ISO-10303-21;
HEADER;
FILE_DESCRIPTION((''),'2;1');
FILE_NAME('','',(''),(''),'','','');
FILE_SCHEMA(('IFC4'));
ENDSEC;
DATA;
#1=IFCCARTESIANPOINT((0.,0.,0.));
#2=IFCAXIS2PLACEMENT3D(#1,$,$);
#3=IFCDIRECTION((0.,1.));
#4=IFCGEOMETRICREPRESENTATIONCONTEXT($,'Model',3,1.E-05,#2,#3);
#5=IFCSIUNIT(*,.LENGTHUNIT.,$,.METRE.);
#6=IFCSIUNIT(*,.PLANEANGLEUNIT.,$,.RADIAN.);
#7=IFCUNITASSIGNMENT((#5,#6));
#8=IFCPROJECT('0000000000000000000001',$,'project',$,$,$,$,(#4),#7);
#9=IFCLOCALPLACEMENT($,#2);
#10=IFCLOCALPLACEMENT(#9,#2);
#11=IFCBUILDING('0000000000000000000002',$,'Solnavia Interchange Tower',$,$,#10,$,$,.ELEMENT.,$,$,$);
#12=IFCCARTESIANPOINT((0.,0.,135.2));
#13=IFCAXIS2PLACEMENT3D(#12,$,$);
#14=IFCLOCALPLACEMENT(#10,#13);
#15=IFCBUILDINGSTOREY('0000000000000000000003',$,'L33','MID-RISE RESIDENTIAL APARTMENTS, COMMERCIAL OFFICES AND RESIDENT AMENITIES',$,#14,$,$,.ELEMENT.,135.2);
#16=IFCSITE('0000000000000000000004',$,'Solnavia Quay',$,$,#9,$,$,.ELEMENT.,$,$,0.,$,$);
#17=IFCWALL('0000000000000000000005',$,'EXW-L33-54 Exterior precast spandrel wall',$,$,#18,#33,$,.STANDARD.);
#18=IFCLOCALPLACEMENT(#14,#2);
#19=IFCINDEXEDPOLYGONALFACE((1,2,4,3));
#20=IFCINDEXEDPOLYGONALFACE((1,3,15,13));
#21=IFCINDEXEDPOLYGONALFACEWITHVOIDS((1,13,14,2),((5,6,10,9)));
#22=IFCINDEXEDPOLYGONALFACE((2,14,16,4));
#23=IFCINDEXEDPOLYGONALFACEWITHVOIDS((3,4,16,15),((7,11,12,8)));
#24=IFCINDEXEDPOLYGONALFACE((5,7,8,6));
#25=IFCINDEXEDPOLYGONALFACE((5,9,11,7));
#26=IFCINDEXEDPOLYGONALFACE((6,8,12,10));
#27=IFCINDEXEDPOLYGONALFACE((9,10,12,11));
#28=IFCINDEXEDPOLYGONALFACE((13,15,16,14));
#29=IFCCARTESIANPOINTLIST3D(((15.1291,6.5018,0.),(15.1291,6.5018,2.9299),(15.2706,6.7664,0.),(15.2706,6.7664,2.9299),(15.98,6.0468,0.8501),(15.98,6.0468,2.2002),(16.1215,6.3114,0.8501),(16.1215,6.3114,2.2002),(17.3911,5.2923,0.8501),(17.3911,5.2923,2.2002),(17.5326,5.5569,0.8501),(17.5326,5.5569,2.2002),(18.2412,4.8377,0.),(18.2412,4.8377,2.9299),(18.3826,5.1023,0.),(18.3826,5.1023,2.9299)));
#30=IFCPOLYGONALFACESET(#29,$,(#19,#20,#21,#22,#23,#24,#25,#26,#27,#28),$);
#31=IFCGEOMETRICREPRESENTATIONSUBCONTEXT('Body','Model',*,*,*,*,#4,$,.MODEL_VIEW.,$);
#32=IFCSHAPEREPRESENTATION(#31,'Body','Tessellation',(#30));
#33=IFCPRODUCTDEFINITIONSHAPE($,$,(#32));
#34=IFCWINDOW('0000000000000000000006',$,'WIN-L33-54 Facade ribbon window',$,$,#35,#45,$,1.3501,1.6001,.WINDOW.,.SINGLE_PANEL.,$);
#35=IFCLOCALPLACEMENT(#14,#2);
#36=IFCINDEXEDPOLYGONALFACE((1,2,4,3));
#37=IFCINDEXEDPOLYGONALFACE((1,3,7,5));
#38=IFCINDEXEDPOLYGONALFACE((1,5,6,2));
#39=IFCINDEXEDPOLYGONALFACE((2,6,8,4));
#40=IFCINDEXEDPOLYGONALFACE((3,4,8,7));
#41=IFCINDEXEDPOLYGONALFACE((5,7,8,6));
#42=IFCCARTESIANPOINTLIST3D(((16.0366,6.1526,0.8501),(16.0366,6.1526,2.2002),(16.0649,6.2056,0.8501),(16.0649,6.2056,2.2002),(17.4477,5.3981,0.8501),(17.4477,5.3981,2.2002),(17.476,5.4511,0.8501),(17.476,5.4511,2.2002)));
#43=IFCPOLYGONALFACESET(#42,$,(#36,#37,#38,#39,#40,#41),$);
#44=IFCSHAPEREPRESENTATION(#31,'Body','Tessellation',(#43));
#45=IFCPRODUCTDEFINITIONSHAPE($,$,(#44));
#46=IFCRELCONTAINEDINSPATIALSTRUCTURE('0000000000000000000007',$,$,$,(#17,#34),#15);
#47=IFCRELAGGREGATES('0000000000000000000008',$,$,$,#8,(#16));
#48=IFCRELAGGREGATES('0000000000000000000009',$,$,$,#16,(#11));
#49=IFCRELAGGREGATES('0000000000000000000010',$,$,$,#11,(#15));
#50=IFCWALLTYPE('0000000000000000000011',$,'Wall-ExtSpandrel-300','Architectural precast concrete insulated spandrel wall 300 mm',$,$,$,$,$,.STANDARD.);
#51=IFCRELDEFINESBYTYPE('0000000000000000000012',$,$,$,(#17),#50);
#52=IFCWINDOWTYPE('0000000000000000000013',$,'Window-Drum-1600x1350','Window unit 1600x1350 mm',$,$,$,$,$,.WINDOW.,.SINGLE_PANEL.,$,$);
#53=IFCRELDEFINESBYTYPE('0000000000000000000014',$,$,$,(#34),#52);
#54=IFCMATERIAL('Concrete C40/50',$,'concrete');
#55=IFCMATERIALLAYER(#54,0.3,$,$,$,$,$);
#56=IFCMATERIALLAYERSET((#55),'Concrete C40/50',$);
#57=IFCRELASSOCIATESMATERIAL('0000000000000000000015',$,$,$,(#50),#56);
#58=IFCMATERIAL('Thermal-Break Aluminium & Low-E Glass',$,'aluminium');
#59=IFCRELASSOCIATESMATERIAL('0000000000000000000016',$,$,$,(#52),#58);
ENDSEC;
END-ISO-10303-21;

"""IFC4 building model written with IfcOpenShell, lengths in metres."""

from ifc_helpers import new_model, si_unit, direction, frame, frame_2d, origin, place, context, subcontext, project, spatial, rectangle, extrude, material, layer, layer_set, type_object, element, fill, save


model = new_model("IFC4")

# Units and contexts
model_context = context("Model", 3, precision=1e-05, world=origin(), true_north=direction((0.0, 1.0)))
body_context = subcontext(model_context, "Body", "Model", "MODEL_VIEW")
ifc_project = project(units=[si_unit("LENGTHUNIT", "METRE"), si_unit("PLANEANGLEUNIT", "RADIAN")], contexts=[model_context])

# Site, building, storey
site_placement = place(None, origin())
site = spatial("IfcSite", under=ifc_project, at=site_placement, Name="Solnavia Quay", CompositionType="ELEMENT", RefElevation=0.0)
building_placement = place(site_placement, origin())
building = spatial("IfcBuilding", under=site, at=building_placement, Name="Solnavia Interchange Tower", CompositionType="ELEMENT")
storey_placement = place(building_placement, frame((0.0, 0.0, 135.2)))
storey = spatial("IfcBuildingStorey", under=building, at=storey_placement, Name="L33", Description="MID-RISE RESIDENTIAL APARTMENTS, COMMERCIAL OFFICES AND RESIDENT AMENITIES", CompositionType="ELEMENT", Elevation=135.2)

# Wall, opening, window
ifc_material_1 = material(Name="Concrete C40/50", Category="concrete")
ifc_layer_1 = layer(ifc_material_1, 0.3)
ifc_layer_set_1 = layer_set([ifc_layer_1], Name="Concrete C40/50")
wall_type = type_object("IfcWallType", Name="Wall-ExtSpandrel-300", Description="Architectural precast concrete insulated spandrel wall 300 mm", PredefinedType="STANDARD", material=ifc_layer_set_1)
wall_placement = place(storey_placement, frame((18.312, 4.97, 0.0), z_axis=(0.0, 0.0, 1.0), x_axis=(-0.881847, 0.471536, 0.0)))
wall = element("IfcWall", 1, at=wall_placement, inside=storey, type_object=wall_type, Name="EXW-L33-54 Exterior precast spandrel wall", PredefinedType="STANDARD", context=body_context, shape_type="SweptSolid", body=[
    extrude(rectangle(XDim=3.5291, YDim=0.3, at=frame_2d((1.7646, 0.0))), origin(), (0.0, 0.0, 1.0), 2.9299),
])
opening_placement = place(wall_placement, frame((0.9641, 0.0, 0.8501)))
opening = element("IfcOpeningElement", 2, at=opening_placement, cuts=wall, PredefinedType="OPENING", context=body_context, shape_type="SweptSolid", body=[
    extrude(rectangle(XDim=1.6001, YDim=1.3501, at=frame_2d((0.8, 0.675))), frame((0.0, 0.1602, 0.0), z_axis=(0.0, -1.0, 0.0), x_axis=(1.0, 0.0, 0.0)), (0.0, 0.0, 1.0), 0.3201),
])
ifc_material_2 = material(Name="Thermal-Break Aluminium & Low-E Glass", Category="aluminium")
window_type = type_object("IfcWindowType", Name="Window-Drum-1600x1350", Description="Window unit 1600x1350 mm", PartitioningType="SINGLE_PANEL", PredefinedType="WINDOW", material=ifc_material_2)
window_placement = place(opening_placement, origin())
window = element("IfcWindow", 3, at=window_placement, inside=storey, type_object=window_type, Name="WIN-L33-54 Facade ribbon window", OverallHeight=1.3501, OverallWidth=1.6001, PartitioningType="SINGLE_PANEL", PredefinedType="WINDOW", context=body_context, shape_type="SweptSolid", body=[
    extrude(rectangle(XDim=1.6001, YDim=1.3501, at=frame_2d((0.8, 0.675))), frame((0.0, 0.03, 0.0), z_axis=(0.0, -1.0, 0.0), x_axis=(1.0, 0.0, 0.0)), (0.0, 0.0, 1.0), 0.0601),
])
fill(opening, window)

save(model, "model.ifc")
